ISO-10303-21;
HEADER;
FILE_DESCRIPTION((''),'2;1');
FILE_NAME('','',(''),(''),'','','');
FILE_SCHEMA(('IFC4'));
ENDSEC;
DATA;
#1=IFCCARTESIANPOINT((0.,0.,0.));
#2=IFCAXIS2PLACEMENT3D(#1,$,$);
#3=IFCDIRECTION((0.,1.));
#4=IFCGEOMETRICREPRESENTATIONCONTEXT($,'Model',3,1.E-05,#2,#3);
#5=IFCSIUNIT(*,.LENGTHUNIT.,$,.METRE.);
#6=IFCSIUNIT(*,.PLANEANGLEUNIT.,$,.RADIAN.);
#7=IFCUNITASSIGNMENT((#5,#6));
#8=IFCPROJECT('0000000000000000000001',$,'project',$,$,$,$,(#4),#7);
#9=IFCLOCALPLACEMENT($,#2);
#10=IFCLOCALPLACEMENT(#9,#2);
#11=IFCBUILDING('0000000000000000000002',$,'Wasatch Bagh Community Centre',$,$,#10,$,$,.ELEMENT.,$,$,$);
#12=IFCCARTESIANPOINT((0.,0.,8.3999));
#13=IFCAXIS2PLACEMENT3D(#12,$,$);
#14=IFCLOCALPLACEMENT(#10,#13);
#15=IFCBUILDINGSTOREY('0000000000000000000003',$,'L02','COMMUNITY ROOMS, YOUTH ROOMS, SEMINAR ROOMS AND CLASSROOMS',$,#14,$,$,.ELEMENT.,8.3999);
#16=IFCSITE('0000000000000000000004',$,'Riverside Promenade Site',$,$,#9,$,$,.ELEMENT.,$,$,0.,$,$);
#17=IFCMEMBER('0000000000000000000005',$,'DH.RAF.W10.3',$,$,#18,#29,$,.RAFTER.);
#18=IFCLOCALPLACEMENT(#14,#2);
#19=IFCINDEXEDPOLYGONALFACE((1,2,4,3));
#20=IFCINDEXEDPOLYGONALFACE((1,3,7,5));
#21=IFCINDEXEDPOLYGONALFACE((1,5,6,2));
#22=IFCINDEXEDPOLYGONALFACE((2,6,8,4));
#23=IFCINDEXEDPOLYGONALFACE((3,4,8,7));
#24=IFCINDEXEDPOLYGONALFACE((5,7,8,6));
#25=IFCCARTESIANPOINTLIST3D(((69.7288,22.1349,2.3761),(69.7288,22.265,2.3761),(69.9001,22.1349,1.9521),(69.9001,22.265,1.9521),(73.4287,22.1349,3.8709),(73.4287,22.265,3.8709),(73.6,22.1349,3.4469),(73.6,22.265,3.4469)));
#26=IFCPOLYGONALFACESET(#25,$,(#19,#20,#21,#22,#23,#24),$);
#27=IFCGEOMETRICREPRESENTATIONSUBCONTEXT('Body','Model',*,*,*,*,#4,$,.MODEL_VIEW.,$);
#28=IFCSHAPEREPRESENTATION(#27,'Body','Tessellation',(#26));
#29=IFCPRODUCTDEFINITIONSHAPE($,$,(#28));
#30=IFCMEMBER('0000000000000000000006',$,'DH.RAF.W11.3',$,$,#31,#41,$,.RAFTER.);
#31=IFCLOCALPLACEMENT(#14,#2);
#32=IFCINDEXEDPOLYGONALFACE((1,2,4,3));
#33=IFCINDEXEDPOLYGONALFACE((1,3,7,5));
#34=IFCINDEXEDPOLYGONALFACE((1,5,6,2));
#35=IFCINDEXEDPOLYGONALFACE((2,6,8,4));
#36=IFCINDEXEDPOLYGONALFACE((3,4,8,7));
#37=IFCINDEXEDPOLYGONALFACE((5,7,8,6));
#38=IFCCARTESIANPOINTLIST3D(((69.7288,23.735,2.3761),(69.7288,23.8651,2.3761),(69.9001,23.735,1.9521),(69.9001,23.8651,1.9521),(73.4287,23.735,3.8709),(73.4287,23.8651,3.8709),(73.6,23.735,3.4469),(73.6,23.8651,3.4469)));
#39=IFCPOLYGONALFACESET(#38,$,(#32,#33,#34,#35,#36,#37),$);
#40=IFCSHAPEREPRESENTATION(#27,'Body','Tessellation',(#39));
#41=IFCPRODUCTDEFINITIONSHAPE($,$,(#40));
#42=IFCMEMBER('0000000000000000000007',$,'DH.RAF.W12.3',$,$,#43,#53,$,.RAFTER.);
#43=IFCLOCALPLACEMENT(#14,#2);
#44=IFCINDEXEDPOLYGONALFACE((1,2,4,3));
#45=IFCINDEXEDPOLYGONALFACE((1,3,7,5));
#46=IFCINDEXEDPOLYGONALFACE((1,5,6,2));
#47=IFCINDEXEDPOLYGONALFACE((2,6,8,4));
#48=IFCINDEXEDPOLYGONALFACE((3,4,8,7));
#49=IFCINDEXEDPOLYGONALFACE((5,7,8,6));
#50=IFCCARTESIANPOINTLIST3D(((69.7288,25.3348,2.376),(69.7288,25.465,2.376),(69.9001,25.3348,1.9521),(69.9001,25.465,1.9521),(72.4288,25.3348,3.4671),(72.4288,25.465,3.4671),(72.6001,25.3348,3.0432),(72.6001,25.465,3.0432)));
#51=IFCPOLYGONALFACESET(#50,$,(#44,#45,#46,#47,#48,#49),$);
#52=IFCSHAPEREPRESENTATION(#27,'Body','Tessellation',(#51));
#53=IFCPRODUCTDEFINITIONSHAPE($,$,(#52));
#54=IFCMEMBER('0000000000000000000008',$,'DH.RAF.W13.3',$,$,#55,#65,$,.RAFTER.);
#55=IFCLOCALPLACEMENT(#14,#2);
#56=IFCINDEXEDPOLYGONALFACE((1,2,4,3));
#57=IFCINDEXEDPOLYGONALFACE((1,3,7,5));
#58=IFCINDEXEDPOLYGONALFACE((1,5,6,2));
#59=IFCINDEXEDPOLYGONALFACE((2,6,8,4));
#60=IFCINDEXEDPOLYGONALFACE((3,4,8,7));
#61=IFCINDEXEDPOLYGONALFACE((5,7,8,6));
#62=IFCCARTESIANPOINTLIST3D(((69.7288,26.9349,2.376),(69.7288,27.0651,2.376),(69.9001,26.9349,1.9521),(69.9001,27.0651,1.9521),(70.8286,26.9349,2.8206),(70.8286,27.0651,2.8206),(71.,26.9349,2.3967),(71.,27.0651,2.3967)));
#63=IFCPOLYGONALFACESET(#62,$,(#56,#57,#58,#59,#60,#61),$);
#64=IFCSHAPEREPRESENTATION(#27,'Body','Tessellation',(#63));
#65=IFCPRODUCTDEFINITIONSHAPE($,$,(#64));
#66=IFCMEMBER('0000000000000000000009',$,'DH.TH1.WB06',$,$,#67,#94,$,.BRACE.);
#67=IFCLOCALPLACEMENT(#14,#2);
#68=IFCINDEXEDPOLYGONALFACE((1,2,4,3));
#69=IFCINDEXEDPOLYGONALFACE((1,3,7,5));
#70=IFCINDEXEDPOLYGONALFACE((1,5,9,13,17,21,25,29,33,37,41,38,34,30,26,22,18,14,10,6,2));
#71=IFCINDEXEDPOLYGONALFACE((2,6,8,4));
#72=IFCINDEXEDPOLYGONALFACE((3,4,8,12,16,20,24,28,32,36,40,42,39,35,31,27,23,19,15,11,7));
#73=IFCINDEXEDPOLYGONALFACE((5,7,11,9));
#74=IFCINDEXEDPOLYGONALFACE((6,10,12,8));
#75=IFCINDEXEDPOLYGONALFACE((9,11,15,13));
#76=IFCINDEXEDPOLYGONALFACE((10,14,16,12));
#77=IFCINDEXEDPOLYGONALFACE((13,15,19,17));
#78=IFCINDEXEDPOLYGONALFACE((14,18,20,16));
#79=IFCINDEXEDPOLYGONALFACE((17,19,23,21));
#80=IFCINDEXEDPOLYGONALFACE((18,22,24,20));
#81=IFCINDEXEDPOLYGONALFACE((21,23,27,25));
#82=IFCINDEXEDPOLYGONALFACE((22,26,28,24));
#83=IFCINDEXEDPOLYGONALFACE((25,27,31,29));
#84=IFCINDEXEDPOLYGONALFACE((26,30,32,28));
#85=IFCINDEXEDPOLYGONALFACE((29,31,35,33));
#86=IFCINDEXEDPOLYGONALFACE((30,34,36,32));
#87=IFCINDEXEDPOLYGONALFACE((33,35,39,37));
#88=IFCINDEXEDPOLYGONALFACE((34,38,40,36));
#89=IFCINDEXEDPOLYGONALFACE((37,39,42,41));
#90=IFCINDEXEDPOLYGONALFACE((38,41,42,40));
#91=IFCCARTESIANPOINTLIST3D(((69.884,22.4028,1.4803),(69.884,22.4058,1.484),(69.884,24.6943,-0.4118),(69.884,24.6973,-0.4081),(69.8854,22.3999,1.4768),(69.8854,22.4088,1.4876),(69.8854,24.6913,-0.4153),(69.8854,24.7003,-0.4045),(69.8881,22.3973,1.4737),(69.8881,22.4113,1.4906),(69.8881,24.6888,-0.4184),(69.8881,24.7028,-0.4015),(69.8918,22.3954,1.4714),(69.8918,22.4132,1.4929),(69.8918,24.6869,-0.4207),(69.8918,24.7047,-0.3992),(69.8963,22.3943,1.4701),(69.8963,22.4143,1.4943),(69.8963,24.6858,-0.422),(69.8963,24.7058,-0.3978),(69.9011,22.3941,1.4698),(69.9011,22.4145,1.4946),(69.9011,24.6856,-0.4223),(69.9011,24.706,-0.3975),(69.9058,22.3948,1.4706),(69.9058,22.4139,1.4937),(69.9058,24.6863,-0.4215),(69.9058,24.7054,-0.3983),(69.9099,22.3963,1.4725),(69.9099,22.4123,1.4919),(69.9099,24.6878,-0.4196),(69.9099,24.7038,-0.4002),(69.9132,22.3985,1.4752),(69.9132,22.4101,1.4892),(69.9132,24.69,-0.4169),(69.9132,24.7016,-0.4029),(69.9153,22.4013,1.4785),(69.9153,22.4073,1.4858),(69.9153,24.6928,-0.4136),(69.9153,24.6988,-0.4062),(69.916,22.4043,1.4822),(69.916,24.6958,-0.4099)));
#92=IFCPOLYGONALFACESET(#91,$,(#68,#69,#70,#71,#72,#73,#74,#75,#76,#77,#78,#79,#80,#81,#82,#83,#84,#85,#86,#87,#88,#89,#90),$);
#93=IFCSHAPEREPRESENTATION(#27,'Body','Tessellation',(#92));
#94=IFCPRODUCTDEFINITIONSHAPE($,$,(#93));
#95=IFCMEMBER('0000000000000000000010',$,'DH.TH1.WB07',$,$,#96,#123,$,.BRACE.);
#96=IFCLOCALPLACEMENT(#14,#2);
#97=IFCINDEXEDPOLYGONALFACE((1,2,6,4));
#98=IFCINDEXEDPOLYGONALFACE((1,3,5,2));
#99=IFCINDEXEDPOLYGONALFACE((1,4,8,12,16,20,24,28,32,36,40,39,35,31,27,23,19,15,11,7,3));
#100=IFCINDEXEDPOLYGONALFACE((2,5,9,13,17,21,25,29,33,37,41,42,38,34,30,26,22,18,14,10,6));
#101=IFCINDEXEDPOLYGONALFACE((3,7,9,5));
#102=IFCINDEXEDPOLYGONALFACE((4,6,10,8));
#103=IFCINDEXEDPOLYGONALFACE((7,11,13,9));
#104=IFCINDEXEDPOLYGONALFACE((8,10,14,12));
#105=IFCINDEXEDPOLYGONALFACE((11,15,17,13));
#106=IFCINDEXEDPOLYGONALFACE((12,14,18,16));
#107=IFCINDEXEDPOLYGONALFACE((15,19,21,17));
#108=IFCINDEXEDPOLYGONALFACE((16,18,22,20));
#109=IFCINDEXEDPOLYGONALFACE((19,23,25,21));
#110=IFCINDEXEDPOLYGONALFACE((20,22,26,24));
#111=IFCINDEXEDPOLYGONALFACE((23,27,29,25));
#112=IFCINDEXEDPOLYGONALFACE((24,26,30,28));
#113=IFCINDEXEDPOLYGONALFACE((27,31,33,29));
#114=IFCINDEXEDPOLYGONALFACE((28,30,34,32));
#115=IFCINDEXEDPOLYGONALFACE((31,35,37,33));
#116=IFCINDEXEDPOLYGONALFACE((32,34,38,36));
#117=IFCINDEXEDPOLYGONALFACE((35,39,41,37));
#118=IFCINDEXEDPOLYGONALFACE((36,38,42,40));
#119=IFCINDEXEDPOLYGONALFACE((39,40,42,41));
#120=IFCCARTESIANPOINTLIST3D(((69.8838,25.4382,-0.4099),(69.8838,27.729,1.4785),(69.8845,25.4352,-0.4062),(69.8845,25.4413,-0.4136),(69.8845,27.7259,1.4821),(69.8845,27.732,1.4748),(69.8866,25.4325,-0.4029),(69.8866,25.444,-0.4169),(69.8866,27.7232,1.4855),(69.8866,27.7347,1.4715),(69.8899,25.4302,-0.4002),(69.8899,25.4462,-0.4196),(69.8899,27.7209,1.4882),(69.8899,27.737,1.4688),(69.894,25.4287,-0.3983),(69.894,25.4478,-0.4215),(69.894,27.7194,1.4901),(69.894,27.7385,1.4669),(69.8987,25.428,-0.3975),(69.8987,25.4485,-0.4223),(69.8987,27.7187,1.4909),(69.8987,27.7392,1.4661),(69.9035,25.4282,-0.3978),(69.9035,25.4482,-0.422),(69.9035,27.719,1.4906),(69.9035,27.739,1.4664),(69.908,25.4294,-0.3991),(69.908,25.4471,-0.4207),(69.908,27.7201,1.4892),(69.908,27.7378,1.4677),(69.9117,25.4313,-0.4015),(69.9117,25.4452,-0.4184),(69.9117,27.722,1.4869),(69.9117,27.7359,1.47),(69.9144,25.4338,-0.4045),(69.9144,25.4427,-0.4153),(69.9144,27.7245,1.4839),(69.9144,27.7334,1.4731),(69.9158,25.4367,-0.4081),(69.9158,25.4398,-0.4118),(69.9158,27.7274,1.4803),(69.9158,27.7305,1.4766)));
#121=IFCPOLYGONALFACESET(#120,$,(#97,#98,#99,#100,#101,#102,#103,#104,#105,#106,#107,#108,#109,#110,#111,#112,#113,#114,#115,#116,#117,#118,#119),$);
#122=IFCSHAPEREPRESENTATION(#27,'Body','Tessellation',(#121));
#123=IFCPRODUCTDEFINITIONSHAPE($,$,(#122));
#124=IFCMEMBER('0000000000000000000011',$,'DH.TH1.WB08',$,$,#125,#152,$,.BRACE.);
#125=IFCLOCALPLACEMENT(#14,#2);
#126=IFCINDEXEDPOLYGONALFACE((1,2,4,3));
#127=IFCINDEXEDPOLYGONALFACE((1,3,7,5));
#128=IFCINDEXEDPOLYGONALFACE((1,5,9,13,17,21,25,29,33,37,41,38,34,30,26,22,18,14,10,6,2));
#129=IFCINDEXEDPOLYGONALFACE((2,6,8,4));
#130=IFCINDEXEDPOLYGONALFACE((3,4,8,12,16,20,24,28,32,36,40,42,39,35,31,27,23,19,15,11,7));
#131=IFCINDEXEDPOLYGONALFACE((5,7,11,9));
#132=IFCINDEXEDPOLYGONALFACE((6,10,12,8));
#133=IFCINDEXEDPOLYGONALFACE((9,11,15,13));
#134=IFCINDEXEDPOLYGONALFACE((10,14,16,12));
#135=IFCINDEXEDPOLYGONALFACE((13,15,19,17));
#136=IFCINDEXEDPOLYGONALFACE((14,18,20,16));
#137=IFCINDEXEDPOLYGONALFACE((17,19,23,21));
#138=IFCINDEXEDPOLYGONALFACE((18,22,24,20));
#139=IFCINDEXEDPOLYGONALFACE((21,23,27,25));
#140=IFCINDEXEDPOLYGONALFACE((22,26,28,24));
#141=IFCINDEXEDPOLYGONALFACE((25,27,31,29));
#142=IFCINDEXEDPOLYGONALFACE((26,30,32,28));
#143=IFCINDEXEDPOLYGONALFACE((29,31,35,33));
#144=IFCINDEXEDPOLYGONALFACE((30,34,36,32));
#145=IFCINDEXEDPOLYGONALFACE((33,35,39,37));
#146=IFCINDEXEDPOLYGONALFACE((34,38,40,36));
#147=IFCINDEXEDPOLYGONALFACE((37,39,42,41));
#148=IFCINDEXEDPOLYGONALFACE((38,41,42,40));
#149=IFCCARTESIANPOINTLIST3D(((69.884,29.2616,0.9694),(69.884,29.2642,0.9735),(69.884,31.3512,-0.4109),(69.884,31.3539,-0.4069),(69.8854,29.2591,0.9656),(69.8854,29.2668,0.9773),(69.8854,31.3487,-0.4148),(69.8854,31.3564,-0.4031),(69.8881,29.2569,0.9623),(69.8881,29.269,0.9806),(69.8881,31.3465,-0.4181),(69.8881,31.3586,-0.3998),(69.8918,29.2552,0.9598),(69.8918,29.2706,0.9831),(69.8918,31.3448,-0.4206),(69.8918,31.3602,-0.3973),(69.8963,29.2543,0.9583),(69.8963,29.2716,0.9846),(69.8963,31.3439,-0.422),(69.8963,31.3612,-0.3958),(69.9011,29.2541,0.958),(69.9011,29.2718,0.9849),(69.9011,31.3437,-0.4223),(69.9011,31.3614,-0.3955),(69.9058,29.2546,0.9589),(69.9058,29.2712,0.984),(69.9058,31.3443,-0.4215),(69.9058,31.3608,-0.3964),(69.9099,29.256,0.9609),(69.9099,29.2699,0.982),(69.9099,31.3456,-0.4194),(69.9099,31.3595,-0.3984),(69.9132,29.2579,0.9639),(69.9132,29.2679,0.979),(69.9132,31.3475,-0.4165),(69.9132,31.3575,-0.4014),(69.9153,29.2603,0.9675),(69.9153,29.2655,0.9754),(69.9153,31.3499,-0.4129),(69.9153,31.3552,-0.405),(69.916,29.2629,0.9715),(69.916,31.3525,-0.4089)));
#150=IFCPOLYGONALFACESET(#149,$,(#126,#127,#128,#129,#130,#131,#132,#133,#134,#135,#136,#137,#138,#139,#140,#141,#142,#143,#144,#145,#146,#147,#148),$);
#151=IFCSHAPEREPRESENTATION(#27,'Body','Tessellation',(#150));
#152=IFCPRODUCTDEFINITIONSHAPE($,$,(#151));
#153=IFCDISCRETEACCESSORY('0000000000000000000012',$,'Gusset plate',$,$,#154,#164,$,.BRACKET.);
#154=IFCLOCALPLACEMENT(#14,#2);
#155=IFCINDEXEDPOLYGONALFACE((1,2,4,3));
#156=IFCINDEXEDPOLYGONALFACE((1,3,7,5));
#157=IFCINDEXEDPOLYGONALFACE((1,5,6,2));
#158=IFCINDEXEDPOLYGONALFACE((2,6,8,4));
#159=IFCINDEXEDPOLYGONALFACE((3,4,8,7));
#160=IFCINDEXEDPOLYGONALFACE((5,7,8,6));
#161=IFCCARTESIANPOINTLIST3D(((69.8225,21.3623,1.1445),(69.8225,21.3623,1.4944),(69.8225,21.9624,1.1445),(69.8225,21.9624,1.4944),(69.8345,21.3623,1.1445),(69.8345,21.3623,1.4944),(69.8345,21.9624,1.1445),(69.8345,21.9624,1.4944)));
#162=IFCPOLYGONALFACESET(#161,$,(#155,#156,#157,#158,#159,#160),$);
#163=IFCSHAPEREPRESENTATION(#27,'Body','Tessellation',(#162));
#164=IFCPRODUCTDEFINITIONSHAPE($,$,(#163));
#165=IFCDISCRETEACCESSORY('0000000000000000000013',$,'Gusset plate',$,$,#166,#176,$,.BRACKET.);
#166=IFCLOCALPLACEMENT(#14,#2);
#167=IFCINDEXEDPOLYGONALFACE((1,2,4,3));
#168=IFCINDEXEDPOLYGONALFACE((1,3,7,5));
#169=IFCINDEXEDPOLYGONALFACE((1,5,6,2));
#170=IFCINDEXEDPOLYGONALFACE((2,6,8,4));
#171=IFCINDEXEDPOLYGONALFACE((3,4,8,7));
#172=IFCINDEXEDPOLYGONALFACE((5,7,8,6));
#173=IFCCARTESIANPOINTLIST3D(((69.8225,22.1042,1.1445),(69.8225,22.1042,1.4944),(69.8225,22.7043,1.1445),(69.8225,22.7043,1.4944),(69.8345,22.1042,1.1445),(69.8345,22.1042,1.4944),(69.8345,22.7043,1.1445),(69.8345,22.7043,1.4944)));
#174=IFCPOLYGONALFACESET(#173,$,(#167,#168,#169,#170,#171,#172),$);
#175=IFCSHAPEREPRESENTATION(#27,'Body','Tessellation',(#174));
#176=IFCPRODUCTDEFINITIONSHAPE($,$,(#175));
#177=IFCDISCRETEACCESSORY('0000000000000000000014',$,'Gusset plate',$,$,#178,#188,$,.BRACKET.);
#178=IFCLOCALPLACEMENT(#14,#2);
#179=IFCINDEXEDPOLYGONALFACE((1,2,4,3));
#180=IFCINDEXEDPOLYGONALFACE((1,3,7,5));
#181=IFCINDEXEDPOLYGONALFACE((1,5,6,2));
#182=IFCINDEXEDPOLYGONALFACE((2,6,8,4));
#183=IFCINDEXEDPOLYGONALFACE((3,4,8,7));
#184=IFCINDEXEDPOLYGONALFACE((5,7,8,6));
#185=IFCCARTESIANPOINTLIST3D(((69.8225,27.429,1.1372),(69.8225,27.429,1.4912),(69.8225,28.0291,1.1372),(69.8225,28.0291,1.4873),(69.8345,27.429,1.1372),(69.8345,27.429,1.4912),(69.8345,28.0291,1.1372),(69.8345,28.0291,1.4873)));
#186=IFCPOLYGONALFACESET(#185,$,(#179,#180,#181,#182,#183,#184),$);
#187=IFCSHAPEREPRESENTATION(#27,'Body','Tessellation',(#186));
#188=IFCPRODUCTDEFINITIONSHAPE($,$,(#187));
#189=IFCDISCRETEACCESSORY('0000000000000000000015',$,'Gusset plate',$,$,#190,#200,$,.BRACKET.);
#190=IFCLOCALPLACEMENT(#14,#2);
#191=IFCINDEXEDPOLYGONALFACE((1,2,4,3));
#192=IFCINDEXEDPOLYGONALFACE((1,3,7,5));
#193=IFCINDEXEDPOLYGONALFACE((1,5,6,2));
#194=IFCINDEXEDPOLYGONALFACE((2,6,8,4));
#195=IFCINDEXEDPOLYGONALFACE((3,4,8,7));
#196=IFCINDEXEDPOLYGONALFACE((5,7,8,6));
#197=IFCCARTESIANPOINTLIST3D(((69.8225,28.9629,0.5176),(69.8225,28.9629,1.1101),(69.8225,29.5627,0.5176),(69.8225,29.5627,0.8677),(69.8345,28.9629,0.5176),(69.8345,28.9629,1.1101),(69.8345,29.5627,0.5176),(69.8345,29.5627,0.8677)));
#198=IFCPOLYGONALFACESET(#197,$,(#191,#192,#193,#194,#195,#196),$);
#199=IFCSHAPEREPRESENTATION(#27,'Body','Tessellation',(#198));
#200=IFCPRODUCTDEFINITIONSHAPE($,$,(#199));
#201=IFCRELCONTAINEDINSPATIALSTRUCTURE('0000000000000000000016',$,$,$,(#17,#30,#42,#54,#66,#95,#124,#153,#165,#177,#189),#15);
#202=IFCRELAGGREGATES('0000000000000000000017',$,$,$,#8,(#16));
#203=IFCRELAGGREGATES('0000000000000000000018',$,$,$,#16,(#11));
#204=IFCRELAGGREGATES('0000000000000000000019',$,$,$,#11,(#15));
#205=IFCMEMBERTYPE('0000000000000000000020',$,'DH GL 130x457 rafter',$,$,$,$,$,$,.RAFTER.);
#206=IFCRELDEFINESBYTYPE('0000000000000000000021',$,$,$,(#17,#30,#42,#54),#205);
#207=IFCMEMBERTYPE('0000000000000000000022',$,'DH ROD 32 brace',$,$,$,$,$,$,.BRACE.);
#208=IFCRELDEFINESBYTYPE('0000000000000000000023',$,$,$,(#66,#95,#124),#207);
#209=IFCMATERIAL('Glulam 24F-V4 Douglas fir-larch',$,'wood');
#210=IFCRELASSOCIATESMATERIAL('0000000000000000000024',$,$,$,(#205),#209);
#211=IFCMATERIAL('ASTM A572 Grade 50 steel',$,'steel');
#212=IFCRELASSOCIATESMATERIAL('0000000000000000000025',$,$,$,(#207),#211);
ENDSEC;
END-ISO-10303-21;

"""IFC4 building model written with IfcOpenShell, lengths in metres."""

from ifc_helpers import new_model, si_unit, direction, frame, origin, origin_2d, place, context, subcontext, project, spatial, polyline, rectangle, circle, outline, extrude, material, material_profile, profile_set, type_object, element, save


model = new_model("IFC4")

# Units and contexts
model_context = context("Model", 3, precision=1e-05, world=origin(), true_north=direction((0.0, 1.0)))
body_context = subcontext(model_context, "Body", "Model", "MODEL_VIEW")
ifc_project = project(units=[si_unit("LENGTHUNIT", "METRE"), si_unit("PLANEANGLEUNIT", "RADIAN")], contexts=[model_context])

# Site, building, storey
site_placement = place(None, origin())
site = spatial("IfcSite", under=ifc_project, at=site_placement, Name="Riverside Promenade Site", CompositionType="ELEMENT", RefElevation=0.0)
building_placement = place(site_placement, origin())
building = spatial("IfcBuilding", under=site, at=building_placement, Name="Wasatch Bagh Community Centre", CompositionType="ELEMENT")
storey_placement = place(building_placement, frame((0.0, 0.0, 8.3999)))
storey = spatial("IfcBuildingStorey", under=building, at=storey_placement, Name="L02", Description="COMMUNITY ROOMS, YOUTH ROOMS, SEMINAR ROOMS AND CLASSROOMS", CompositionType="ELEMENT", Elevation=8.3999)

# Members
ifc_material_1 = material(Name="Glulam 24F-V4 Douglas fir-larch", Category="wood")
ifc_material_profile_1 = material_profile(ifc_material_1, rectangle(XDim=0.1301, YDim=0.4573, at=origin_2d()), Name="GL 130x457")
ifc_profile_set_1 = profile_set([ifc_material_profile_1], Name="Glulam 24F-V4 Douglas fir-larch")
member_type_1 = type_object("IfcMemberType", Name="DH GL 130x457 rafter", PredefinedType="RAFTER", material=ifc_profile_set_1)
for number, where, z_axis, x_axis, name in (
    (1, (69.8145, 22.2, 2.1641), (0.927184, 0.0, 0.374606), (0.0, 1.0, 0.0), "DH.RAF.W10.3"),
    (2, (69.8145, 23.8, 2.1641), (0.927184, 0.0, 0.374606), (0.0, 1.0, 0.0), "DH.RAF.W11.3"),
):
    element("IfcMember", number, at=place(storey_placement, frame(where, z_axis=z_axis, x_axis=x_axis)), inside=storey, type_object=member_type_1, Name=name, PredefinedType="RAFTER", context=body_context, shape_type="SweptSolid", body=[
        extrude(rectangle(XDim=0.1301, YDim=0.4573, at=origin_2d()), origin(), (0.0, 0.0, 1.0), 3.9905),
    ])
member_1_placement = place(storey_placement, frame((69.8145, 25.3999, 2.1641), z_axis=(0.927158, 0.0, 0.37467), x_axis=(0.0, 1.0, 0.0)))
element("IfcMember", 3, at=member_1_placement, inside=storey, type_object=member_type_1, Name="DH.RAF.W12.3", PredefinedType="RAFTER", context=body_context, shape_type="SweptSolid", body=[
    extrude(rectangle(XDim=0.1301, YDim=0.4573, at=origin_2d()), origin(), (0.0, 0.0, 1.0), 2.9121),
])
member_2_placement = place(storey_placement, frame((69.8145, 27.0, 2.1641), z_axis=(0.927122, 0.0, 0.374759), x_axis=(0.0, 1.0, 0.0)))
element("IfcMember", 4, at=member_2_placement, inside=storey, type_object=member_type_1, Name="DH.RAF.W13.3", PredefinedType="RAFTER", context=body_context, shape_type="SweptSolid", body=[
    extrude(rectangle(XDim=0.1301, YDim=0.4573, at=origin_2d()), origin(), (0.0, 0.0, 1.0), 1.1863),
])
ifc_material_2 = material(Name="ASTM A572 Grade 50 steel", Category="steel")
ifc_material_profile_2 = material_profile(ifc_material_2, circle(Radius=0.0161, at=origin_2d()), Name="ROD 32")
ifc_profile_set_2 = profile_set([ifc_material_profile_2], Name="ASTM A572 Grade 50 steel")
member_type_2 = type_object("IfcMemberType", Name="DH ROD 32 brace", PredefinedType="BRACE", material=ifc_profile_set_2)
member_3_placement = place(storey_placement, frame((69.8999, 24.6958, -0.4099), z_axis=(0.0, -0.771109, 0.636703), x_axis=(1.0, 0.0, 0.0)))
element("IfcMember", 5, at=member_3_placement, inside=storey, type_object=member_type_2, Name="DH.TH1.WB06", PredefinedType="BRACE", context=body_context, shape_type="SweptSolid", body=[
    extrude(circle(Radius=0.0161, at=origin_2d()), origin(), (0.0, 0.0, 1.0), 2.9717),
])
member_4_placement = place(storey_placement, frame((69.8999, 25.4382, -0.4099), z_axis=(0.0, 0.771614, 0.636091), x_axis=(-1.0, 0.0, 0.0)))
element("IfcMember", 6, at=member_4_placement, inside=storey, type_object=member_type_2, Name="DH.TH1.WB07", PredefinedType="BRACE", context=body_context, shape_type="SweptSolid", body=[
    extrude(circle(Radius=0.0161, at=origin_2d()), origin(), (0.0, 0.0, 1.0), 2.9688),
])
member_5_placement = place(storey_placement, frame((69.8999, 31.3525, -0.4089), z_axis=(0.0, -0.834383, 0.551186), x_axis=(1.0, 0.0, 0.0)))
element("IfcMember", 7, at=member_5_placement, inside=storey, type_object=member_type_2, Name="DH.TH1.WB08", PredefinedType="BRACE", context=body_context, shape_type="SweptSolid", body=[
    extrude(circle(Radius=0.0161, at=origin_2d()), origin(), (0.0, 0.0, 1.0), 2.5044),
])

# Discrete accessories
for number, where, z_axis, x_axis, name in (
    (8, (69.8225, 21.3623, 1.4944), (-1.0, 0.0, 0.0), (0.0, 1.0, 0.0), "Gusset plate"),
    (9, (69.8225, 22.1042, 1.4944), (-1.0, 0.0, 0.0), (0.0, 1.0, 0.0), "Gusset plate"),
):
    element("IfcDiscreteAccessory", number, at=place(storey_placement, frame(where, z_axis=z_axis, x_axis=x_axis)), inside=storey, Name=name, PredefinedType="BRACKET", context=body_context, shape_type="SweptSolid", body=[
        extrude(outline(polyline([(0.0, 0.0), (0.6001, 0.0), (0.6001, 0.3499), (0.0, 0.3499), (0.0, 0.0)])), origin(), (0.0, 0.0, -1.0), 0.012),
    ])
discrete_accessory_1_placement = place(storey_placement, frame((69.8225, 27.429, 1.4912), z_axis=(-1.0, 0.0, 0.0), x_axis=(0.0, 0.999979, -0.006509)))
element("IfcDiscreteAccessory", 10, at=discrete_accessory_1_placement, inside=storey, Name="Gusset plate", PredefinedType="BRACKET", context=body_context, shape_type="SweptSolid", body=[
    extrude(outline(polyline([(0.0, 0.0), (0.6001, 0.0), (0.6024, 0.3501), (0.0023, 0.354), (0.0, 0.0)])), origin(), (0.0, 0.0, -1.0), 0.012),
])
discrete_accessory_2_placement = place(storey_placement, frame((69.8225, 28.9629, 1.1101), z_axis=(-1.0, 0.0, 0.0), x_axis=(0.0, 0.927144, -0.374706)))
element("IfcDiscreteAccessory", 11, at=discrete_accessory_2_placement, inside=storey, Name="Gusset plate", PredefinedType="BRACKET", context=body_context, shape_type="SweptSolid", body=[
    extrude(outline(polyline([(0.0, 0.0), (0.647, 0.0), (0.7782, 0.3246), (0.222, 0.5494), (0.0, 0.0)])), origin(), (0.0, 0.0, -1.0), 0.012),
])

save(model, "model.ifc")
